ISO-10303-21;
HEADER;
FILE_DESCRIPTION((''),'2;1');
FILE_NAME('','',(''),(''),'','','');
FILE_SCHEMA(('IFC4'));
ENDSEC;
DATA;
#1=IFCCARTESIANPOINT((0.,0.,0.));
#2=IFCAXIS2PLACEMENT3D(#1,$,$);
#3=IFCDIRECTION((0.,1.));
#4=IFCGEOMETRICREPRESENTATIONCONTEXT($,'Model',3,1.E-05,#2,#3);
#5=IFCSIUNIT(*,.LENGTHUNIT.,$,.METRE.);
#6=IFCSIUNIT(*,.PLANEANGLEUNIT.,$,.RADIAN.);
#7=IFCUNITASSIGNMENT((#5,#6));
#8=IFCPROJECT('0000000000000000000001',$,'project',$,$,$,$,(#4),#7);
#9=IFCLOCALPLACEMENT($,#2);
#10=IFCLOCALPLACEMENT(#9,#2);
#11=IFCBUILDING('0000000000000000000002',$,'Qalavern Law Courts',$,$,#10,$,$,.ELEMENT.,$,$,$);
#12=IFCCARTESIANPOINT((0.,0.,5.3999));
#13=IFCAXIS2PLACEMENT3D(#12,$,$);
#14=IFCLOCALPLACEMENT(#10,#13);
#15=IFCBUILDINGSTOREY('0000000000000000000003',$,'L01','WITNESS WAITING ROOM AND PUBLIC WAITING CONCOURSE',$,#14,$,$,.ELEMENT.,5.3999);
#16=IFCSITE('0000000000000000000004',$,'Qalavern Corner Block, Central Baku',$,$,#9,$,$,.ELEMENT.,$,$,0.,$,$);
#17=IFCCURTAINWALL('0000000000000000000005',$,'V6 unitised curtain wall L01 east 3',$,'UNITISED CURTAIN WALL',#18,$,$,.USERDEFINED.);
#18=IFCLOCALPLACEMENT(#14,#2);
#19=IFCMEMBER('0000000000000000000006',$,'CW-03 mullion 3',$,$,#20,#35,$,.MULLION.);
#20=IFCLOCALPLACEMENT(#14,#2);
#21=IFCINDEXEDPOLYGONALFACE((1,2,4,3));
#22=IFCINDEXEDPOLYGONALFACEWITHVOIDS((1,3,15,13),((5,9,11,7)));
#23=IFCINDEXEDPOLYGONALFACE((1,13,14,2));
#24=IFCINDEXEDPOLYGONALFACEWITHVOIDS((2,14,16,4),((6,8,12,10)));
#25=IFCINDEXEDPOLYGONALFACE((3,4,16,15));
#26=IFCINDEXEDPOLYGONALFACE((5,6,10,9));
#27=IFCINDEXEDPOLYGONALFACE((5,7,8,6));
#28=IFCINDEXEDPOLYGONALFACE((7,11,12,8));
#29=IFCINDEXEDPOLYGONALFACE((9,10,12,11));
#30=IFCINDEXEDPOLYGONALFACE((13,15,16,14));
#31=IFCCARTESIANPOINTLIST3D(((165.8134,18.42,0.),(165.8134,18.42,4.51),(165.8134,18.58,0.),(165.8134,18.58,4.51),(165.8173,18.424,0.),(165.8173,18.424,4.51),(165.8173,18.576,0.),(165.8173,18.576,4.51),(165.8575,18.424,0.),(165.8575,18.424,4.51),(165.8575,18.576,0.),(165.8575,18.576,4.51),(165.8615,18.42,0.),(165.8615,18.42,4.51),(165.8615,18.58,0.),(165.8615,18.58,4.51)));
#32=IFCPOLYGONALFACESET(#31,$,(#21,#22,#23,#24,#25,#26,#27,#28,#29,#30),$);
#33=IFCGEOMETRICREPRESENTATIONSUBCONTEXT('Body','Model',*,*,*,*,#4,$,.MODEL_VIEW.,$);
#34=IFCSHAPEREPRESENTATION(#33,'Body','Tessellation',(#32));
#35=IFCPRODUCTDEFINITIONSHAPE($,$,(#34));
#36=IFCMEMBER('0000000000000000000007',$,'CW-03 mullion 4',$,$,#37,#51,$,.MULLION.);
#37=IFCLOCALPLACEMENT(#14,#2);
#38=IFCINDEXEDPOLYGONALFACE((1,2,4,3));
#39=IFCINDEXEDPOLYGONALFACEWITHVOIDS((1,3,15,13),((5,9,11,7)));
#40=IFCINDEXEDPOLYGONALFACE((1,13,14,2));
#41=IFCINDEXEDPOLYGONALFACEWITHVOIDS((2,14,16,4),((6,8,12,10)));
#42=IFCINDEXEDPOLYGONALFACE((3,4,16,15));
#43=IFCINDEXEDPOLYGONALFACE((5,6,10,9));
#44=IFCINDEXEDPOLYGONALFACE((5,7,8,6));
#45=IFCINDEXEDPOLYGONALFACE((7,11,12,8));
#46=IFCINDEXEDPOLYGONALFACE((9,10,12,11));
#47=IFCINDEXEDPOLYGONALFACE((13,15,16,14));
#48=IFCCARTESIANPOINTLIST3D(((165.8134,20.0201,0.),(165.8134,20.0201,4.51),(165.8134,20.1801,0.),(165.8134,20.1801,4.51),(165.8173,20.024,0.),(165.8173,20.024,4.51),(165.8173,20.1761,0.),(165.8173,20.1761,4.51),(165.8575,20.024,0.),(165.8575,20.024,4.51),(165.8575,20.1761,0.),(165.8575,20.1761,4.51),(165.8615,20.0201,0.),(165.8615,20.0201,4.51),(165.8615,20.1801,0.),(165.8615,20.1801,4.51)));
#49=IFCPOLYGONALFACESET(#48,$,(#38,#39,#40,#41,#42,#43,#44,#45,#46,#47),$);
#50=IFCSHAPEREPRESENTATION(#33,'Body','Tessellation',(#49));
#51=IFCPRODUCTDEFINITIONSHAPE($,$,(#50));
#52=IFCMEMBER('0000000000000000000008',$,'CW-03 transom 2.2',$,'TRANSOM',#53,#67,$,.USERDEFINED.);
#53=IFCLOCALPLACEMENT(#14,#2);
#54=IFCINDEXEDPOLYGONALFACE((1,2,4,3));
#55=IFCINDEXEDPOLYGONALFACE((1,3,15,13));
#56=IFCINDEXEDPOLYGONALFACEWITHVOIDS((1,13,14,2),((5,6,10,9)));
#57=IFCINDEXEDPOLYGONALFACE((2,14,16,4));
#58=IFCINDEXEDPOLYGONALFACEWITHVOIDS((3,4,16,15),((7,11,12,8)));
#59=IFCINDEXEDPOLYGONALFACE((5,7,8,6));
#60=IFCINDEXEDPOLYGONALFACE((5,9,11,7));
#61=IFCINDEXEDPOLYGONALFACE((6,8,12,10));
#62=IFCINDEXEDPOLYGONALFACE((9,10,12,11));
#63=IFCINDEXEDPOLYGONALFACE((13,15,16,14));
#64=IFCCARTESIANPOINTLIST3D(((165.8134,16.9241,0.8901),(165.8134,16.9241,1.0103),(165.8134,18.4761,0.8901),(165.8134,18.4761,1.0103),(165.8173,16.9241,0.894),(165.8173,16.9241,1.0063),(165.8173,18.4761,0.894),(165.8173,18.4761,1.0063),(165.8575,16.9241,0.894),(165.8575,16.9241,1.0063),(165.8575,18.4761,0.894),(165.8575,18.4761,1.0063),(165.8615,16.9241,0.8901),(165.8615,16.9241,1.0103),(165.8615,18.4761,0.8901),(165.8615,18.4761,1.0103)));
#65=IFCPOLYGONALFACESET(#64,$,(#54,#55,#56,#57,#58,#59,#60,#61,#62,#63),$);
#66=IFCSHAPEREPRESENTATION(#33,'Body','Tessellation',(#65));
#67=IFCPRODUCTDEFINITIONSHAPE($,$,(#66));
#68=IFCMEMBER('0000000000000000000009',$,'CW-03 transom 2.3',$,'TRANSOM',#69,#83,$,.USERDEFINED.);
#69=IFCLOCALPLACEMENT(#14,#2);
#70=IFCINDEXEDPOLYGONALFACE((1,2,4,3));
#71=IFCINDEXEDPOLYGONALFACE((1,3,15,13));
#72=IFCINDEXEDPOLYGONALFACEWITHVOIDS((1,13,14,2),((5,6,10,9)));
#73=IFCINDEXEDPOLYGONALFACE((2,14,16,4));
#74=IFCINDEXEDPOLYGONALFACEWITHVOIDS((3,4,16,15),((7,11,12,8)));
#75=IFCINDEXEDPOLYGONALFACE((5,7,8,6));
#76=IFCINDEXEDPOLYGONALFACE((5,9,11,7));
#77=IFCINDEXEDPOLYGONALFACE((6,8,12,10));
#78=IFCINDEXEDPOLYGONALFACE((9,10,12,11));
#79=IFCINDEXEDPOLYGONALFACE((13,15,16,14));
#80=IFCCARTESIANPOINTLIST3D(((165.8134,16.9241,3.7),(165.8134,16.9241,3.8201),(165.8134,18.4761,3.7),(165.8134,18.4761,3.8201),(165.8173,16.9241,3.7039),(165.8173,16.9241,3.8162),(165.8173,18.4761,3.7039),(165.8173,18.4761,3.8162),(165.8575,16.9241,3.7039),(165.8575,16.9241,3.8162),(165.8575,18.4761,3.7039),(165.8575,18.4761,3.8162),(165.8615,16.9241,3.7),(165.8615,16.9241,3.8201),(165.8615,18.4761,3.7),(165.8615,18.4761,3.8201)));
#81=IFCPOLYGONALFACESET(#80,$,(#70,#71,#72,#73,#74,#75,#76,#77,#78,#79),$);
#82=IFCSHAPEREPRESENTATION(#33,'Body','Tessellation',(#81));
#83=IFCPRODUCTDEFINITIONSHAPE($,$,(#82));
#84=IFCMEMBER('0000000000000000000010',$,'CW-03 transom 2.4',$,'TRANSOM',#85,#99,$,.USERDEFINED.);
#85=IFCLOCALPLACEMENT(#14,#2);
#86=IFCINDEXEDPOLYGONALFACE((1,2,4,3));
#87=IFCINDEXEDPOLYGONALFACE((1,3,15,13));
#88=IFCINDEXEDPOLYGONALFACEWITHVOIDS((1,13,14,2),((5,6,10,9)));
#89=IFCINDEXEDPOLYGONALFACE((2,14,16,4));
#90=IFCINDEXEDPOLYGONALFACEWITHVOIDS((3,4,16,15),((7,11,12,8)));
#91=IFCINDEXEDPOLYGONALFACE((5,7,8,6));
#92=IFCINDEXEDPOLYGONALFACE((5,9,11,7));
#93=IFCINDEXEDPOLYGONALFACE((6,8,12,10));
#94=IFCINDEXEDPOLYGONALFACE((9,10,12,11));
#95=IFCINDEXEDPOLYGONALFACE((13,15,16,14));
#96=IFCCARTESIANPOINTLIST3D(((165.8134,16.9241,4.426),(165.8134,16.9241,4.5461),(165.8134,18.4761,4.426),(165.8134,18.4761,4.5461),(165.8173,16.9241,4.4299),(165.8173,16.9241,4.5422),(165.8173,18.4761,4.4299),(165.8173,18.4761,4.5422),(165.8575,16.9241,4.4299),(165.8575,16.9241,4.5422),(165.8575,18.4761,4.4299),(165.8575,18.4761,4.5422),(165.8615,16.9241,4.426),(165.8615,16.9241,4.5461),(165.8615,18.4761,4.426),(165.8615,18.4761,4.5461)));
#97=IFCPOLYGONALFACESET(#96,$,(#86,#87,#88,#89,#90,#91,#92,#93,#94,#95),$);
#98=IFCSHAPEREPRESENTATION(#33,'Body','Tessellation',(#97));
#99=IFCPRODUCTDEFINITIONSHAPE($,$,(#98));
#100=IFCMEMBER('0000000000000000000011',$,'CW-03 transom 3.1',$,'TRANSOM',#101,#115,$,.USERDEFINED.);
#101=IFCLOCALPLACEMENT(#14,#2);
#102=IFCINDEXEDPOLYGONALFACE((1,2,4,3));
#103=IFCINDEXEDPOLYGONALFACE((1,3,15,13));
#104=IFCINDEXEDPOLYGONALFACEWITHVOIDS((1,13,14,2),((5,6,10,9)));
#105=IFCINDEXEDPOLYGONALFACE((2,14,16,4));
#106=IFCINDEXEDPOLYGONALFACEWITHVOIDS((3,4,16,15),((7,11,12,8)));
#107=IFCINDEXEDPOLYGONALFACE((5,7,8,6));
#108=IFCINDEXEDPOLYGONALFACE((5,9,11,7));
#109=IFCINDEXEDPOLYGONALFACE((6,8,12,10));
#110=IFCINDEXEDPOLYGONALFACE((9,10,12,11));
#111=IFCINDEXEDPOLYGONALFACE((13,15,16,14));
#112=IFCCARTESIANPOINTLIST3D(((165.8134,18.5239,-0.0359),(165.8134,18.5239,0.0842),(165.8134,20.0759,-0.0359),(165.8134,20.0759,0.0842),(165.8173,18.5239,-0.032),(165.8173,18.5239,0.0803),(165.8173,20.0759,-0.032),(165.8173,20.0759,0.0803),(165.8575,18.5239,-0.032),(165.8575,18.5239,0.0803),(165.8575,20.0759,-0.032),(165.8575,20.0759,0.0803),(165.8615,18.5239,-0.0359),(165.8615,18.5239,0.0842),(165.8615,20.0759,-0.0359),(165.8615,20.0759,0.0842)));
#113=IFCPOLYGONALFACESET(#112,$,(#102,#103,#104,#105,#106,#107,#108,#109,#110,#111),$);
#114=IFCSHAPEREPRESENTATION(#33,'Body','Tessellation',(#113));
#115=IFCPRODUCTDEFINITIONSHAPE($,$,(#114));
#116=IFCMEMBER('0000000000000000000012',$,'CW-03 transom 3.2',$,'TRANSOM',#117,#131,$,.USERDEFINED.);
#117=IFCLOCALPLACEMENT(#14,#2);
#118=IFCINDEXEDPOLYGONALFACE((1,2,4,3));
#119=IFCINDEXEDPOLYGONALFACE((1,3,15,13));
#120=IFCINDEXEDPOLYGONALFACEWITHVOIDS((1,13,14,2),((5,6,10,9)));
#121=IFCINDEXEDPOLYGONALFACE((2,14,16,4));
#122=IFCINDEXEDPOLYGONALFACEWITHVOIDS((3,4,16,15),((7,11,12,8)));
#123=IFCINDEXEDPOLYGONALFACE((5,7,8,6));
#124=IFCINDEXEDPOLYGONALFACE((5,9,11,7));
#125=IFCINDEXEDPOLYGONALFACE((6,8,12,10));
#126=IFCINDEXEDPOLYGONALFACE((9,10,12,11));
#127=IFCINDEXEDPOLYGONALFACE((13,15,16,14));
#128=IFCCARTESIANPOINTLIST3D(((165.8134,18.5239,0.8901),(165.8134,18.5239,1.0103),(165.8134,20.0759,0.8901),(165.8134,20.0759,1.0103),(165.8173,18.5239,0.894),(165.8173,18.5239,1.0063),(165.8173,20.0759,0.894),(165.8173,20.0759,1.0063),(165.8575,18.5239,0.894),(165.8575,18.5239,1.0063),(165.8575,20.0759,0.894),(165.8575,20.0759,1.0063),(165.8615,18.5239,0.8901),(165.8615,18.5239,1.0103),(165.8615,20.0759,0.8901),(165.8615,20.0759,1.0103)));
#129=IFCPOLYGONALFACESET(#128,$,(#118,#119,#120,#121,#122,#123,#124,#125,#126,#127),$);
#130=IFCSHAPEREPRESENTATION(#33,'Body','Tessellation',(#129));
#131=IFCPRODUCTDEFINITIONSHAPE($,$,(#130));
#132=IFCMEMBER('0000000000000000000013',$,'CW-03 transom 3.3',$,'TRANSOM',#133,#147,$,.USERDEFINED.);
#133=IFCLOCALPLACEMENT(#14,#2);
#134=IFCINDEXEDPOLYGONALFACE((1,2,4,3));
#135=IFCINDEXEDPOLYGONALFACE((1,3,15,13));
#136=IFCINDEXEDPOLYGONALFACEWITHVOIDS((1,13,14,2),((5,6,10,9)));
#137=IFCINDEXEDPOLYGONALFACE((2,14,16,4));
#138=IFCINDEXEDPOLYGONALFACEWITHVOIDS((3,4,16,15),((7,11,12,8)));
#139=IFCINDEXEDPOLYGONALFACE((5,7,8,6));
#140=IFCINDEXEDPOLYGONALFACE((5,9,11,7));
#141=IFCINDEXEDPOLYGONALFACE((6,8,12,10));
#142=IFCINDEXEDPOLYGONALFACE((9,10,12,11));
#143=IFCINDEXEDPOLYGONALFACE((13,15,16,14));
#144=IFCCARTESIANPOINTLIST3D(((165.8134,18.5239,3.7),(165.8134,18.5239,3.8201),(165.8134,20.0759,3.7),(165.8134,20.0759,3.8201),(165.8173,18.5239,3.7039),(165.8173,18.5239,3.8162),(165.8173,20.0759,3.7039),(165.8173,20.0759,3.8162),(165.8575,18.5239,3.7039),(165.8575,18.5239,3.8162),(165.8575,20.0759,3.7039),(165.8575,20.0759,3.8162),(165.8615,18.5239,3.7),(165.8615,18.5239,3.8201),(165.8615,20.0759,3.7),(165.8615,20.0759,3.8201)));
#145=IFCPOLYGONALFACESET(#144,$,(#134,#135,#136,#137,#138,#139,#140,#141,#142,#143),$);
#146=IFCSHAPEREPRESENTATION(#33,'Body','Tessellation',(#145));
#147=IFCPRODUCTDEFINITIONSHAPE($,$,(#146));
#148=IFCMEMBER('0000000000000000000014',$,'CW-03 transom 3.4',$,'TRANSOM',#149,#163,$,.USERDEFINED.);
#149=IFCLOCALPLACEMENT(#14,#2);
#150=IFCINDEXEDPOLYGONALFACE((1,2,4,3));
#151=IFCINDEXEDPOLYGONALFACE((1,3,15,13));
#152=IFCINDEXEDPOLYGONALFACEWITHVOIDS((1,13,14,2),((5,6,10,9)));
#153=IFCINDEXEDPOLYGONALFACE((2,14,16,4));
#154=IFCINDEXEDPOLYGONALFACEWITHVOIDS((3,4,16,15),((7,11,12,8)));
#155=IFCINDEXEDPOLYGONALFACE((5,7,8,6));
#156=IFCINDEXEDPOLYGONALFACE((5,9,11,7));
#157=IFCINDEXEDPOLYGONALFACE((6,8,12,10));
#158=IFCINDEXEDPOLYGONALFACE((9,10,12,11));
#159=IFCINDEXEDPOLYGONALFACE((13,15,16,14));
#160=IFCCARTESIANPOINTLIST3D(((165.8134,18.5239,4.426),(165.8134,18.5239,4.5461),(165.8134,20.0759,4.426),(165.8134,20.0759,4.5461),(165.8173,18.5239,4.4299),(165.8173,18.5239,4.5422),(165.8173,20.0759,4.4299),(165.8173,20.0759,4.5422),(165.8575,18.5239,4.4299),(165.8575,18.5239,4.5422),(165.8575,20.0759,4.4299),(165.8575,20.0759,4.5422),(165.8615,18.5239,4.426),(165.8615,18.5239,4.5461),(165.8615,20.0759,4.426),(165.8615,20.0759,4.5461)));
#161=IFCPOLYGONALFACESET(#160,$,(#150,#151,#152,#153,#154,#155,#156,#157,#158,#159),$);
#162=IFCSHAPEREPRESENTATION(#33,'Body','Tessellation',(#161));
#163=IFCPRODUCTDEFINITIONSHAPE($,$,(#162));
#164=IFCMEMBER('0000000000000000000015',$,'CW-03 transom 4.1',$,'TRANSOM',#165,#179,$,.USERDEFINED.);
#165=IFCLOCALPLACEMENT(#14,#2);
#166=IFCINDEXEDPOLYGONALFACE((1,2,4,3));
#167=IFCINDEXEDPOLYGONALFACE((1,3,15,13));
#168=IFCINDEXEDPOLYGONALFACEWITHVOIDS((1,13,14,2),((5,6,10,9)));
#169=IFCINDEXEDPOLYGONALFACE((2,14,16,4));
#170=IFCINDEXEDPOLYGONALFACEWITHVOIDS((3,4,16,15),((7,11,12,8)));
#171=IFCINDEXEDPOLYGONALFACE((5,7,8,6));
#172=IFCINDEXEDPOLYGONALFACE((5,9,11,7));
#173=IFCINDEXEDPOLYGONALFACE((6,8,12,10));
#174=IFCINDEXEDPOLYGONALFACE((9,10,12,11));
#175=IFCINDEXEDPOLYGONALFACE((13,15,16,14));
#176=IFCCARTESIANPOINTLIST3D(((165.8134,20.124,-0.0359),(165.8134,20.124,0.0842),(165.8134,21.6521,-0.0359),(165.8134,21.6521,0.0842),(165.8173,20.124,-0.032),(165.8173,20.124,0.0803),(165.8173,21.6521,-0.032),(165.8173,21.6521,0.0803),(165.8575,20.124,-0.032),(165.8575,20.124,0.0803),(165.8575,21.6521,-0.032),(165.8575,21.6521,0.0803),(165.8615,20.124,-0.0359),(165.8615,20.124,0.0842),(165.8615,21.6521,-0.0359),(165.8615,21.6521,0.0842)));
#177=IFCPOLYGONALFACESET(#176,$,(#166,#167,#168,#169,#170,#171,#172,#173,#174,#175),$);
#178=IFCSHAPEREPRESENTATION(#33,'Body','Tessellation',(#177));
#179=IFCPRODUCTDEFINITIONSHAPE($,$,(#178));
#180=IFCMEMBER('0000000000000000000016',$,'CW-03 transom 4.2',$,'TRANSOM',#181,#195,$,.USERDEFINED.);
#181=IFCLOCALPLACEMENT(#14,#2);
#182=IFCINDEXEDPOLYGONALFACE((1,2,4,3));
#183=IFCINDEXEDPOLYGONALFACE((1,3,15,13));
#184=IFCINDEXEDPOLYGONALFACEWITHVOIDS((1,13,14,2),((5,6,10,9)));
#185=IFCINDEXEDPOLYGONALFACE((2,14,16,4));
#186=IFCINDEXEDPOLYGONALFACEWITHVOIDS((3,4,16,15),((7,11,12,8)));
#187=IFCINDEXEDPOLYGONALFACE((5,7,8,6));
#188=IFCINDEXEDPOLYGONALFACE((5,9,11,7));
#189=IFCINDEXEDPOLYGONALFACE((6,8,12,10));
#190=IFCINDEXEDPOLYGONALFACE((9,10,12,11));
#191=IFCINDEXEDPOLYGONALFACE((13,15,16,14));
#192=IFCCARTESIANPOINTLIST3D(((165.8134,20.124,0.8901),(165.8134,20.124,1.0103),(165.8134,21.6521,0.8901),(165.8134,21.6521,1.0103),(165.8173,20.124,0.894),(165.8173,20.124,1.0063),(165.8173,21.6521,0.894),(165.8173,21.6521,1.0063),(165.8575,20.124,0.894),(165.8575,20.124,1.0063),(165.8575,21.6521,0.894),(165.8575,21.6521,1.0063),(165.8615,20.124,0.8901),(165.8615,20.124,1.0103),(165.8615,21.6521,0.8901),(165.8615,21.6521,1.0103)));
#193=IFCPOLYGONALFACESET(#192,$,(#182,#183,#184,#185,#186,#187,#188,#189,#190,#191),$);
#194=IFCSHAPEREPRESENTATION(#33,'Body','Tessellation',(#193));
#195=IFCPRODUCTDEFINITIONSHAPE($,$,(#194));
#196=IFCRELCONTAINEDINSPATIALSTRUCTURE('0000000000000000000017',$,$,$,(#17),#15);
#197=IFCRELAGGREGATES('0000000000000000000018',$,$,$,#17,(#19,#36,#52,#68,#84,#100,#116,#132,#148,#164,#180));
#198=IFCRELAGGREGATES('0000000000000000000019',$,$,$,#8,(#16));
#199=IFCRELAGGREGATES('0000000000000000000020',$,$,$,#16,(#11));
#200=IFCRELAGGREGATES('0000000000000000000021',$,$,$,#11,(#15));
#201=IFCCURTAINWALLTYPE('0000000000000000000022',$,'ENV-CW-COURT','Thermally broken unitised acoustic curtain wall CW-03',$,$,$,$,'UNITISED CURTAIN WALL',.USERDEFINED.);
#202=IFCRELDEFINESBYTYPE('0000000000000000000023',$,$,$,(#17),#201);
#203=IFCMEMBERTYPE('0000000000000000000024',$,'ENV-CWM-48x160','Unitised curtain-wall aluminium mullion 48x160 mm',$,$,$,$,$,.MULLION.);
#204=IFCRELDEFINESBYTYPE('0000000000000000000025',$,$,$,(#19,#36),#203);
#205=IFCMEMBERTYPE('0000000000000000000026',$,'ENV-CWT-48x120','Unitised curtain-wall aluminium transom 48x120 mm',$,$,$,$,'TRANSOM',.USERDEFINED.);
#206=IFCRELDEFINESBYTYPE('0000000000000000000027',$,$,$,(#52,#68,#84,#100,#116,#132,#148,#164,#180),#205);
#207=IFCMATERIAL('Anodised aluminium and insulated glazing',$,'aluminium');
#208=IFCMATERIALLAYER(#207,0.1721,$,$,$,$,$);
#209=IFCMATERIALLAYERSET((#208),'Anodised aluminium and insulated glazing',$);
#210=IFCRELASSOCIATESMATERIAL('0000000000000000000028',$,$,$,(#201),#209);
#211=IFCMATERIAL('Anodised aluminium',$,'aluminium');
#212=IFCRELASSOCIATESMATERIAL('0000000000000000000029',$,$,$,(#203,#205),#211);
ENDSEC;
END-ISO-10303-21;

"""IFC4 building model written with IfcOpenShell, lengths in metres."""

from ifc_helpers import new_model, si_unit, direction, frame, origin, origin_2d, place, context, subcontext, project, spatial, hollow_rectangle, extrude, material, layer, layer_set, material_profile, profile_set, type_object, element, aggregate, save


model = new_model("IFC4")

# Units and contexts
model_context = context("Model", 3, precision=1e-05, world=origin(), true_north=direction((0.0, 1.0)))
body_context = subcontext(model_context, "Body", "Model", "MODEL_VIEW")
ifc_project = project(units=[si_unit("LENGTHUNIT", "METRE"), si_unit("PLANEANGLEUNIT", "RADIAN")], contexts=[model_context])

# Site, building, storey
site_placement = place(None, origin())
site = spatial("IfcSite", under=ifc_project, at=site_placement, Name="Qalavern Corner Block, Central Baku", CompositionType="ELEMENT", RefElevation=0.0)
building_placement = place(site_placement, origin())
building = spatial("IfcBuilding", under=site, at=building_placement, Name="Qalavern Law Courts", CompositionType="ELEMENT")
storey_placement = place(building_placement, frame((0.0, 0.0, 5.3999)))
storey = spatial("IfcBuildingStorey", under=building, at=storey_placement, Name="L01", Description="WITNESS WAITING ROOM AND PUBLIC WAITING CONCOURSE", CompositionType="ELEMENT", Elevation=5.3999)

# Curtain wall, members
ifc_material_1 = material(Name="Anodised aluminium and insulated glazing", Category="aluminium")
ifc_layer_1 = layer(ifc_material_1, 0.1721)
ifc_layer_set_1 = layer_set([ifc_layer_1], Name="Anodised aluminium and insulated glazing")
curtain_wall_type = type_object("IfcCurtainWallType", Name="ENV-CW-COURT", Description="Thermally broken unitised acoustic curtain wall CW-03", ElementType="UNITISED CURTAIN WALL", PredefinedType="USERDEFINED", material=ifc_layer_set_1)
curtain_wall_placement = place(storey_placement, origin())
curtain_wall = element("IfcCurtainWall", 1, at=curtain_wall_placement, inside=storey, type_object=curtain_wall_type, Name="V6 unitised curtain wall L01 east 3", ObjectType="UNITISED CURTAIN WALL", PredefinedType="USERDEFINED")
ifc_material_2 = material(Name="Anodised aluminium", Category="aluminium")
ifc_material_profile_1 = material_profile(ifc_material_2, hollow_rectangle(XDim=0.0481, YDim=0.1599, WallThickness=0.0039, at=origin_2d()), Name="ALU MULLION 48x160")
ifc_profile_set_1 = profile_set([ifc_material_profile_1], Name="Anodised aluminium")
member_type_1 = type_object("IfcMemberType", Name="ENV-CWM-48x160", Description="Unitised curtain-wall aluminium mullion 48x160 mm", PredefinedType="MULLION", material=ifc_profile_set_1)
member_1_placement = place(storey_placement, frame((165.8374, 18.5, 0.0), z_axis=(0.0, 0.0, 1.0), x_axis=(-1.0, 0.0, 0.0)))
member_1 = element("IfcMember", 2, at=member_1_placement, type_object=member_type_1, Name="CW-03 mullion 3", PredefinedType="MULLION", context=body_context, shape_type="SweptSolid", body=[
    extrude(hollow_rectangle(XDim=0.0481, YDim=0.1599, WallThickness=0.0039, at=origin_2d()), origin(), (0.0, 0.0, 1.0), 4.51),
])
member_2_placement = place(storey_placement, frame((165.8374, 20.1001, 0.0), z_axis=(0.0, 0.0, 1.0), x_axis=(-1.0, 0.0, 0.0)))
member_2 = element("IfcMember", 3, at=member_2_placement, type_object=member_type_1, Name="CW-03 mullion 4", PredefinedType="MULLION", context=body_context, shape_type="SweptSolid", body=[
    extrude(hollow_rectangle(XDim=0.0481, YDim=0.1599, WallThickness=0.0039, at=origin_2d()), origin(), (0.0, 0.0, 1.0), 4.51),
])
ifc_material_profile_2 = material_profile(ifc_material_2, hollow_rectangle(XDim=0.0481, YDim=0.1201, WallThickness=0.0039, at=origin_2d()), Name="ALU TRANSOM 48x120")
ifc_profile_set_2 = profile_set([ifc_material_profile_2], Name="Anodised aluminium")
member_type_2 = type_object("IfcMemberType", Name="ENV-CWT-48x120", Description="Unitised curtain-wall aluminium transom 48x120 mm", ElementType="TRANSOM", PredefinedType="USERDEFINED", material=ifc_profile_set_2)
member_3_placement = place(storey_placement, frame((165.8374, 16.9241, 0.9502), z_axis=(0.0, 1.0, 0.0), x_axis=(-1.0, 0.0, 0.0)))
member_3 = element("IfcMember", 4, at=member_3_placement, type_object=member_type_2, Name="CW-03 transom 2.2", ObjectType="TRANSOM", PredefinedType="USERDEFINED", context=body_context, shape_type="SweptSolid", body=[
    extrude(hollow_rectangle(XDim=0.0481, YDim=0.1201, WallThickness=0.0039, at=origin_2d()), origin(), (0.0, 0.0, 1.0), 1.552),
])
member_4_placement = place(storey_placement, frame((165.8374, 16.9241, 3.76), z_axis=(0.0, 1.0, 0.0), x_axis=(-1.0, 0.0, 0.0)))
member_4 = element("IfcMember", 5, at=member_4_placement, type_object=member_type_2, Name="CW-03 transom 2.3", ObjectType="TRANSOM", PredefinedType="USERDEFINED", context=body_context, shape_type="SweptSolid", body=[
    extrude(hollow_rectangle(XDim=0.0481, YDim=0.1201, WallThickness=0.0039, at=origin_2d()), origin(), (0.0, 0.0, 1.0), 1.552),
])
member_5_placement = place(storey_placement, frame((165.8374, 16.9241, 4.4861), z_axis=(0.0, 1.0, 0.0), x_axis=(-1.0, 0.0, 0.0)))
member_5 = element("IfcMember", 6, at=member_5_placement, type_object=member_type_2, Name="CW-03 transom 2.4", ObjectType="TRANSOM", PredefinedType="USERDEFINED", context=body_context, shape_type="SweptSolid", body=[
    extrude(hollow_rectangle(XDim=0.0481, YDim=0.1201, WallThickness=0.0039, at=origin_2d()), origin(), (0.0, 0.0, 1.0), 1.552),
])
member_6_placement = place(storey_placement, frame((165.8374, 18.5239, 0.0242), z_axis=(0.0, 1.0, 0.0), x_axis=(-1.0, 0.0, 0.0)))
member_6 = element("IfcMember", 7, at=member_6_placement, type_object=member_type_2, Name="CW-03 transom 3.1", ObjectType="TRANSOM", PredefinedType="USERDEFINED", context=body_context, shape_type="SweptSolid", body=[
    extrude(hollow_rectangle(XDim=0.0481, YDim=0.1201, WallThickness=0.0039, at=origin_2d()), origin(), (0.0, 0.0, 1.0), 1.552),
])
member_7_placement = place(storey_placement, frame((165.8374, 18.5239, 0.9502), z_axis=(0.0, 1.0, 0.0), x_axis=(-1.0, 0.0, 0.0)))
member_7 = element("IfcMember", 8, at=member_7_placement, type_object=member_type_2, Name="CW-03 transom 3.2", ObjectType="TRANSOM", PredefinedType="USERDEFINED", context=body_context, shape_type="SweptSolid", body=[
    extrude(hollow_rectangle(XDim=0.0481, YDim=0.1201, WallThickness=0.0039, at=origin_2d()), origin(), (0.0, 0.0, 1.0), 1.552),
])
member_8_placement = place(storey_placement, frame((165.8374, 18.5239, 3.76), z_axis=(0.0, 1.0, 0.0), x_axis=(-1.0, 0.0, 0.0)))
member_8 = element("IfcMember", 9, at=member_8_placement, type_object=member_type_2, Name="CW-03 transom 3.3", ObjectType="TRANSOM", PredefinedType="USERDEFINED", context=body_context, shape_type="SweptSolid", body=[
    extrude(hollow_rectangle(XDim=0.0481, YDim=0.1201, WallThickness=0.0039, at=origin_2d()), origin(), (0.0, 0.0, 1.0), 1.552),
])
member_9_placement = place(storey_placement, frame((165.8374, 18.5239, 4.4861), z_axis=(0.0, 1.0, 0.0), x_axis=(-1.0, 0.0, 0.0)))
member_9 = element("IfcMember", 10, at=member_9_placement, type_object=member_type_2, Name="CW-03 transom 3.4", ObjectType="TRANSOM", PredefinedType="USERDEFINED", context=body_context, shape_type="SweptSolid", body=[
    extrude(hollow_rectangle(XDim=0.0481, YDim=0.1201, WallThickness=0.0039, at=origin_2d()), origin(), (0.0, 0.0, 1.0), 1.552),
])
member_10_placement = place(storey_placement, frame((165.8374, 20.124, 0.0242), z_axis=(0.0, 1.0, 0.0), x_axis=(-1.0, 0.0, 0.0)))
member_10 = element("IfcMember", 11, at=member_10_placement, type_object=member_type_2, Name="CW-03 transom 4.1", ObjectType="TRANSOM", PredefinedType="USERDEFINED", context=body_context, shape_type="SweptSolid", body=[
    extrude(hollow_rectangle(XDim=0.0481, YDim=0.1201, WallThickness=0.0039, at=origin_2d()), origin(), (0.0, 0.0, 1.0), 1.5281),
])
member_11_placement = place(storey_placement, frame((165.8374, 20.124, 0.9502), z_axis=(0.0, 1.0, 0.0), x_axis=(-1.0, 0.0, 0.0)))
member_11 = element("IfcMember", 12, at=member_11_placement, type_object=member_type_2, Name="CW-03 transom 4.2", ObjectType="TRANSOM", PredefinedType="USERDEFINED", context=body_context, shape_type="SweptSolid", body=[
    extrude(hollow_rectangle(XDim=0.0481, YDim=0.1201, WallThickness=0.0039, at=origin_2d()), origin(), (0.0, 0.0, 1.0), 1.5281),
])
aggregate(curtain_wall, [member_1, member_2, member_3, member_4, member_5, member_6, member_7, member_8, member_9, member_10, member_11])

save(model, "model.ifc")
